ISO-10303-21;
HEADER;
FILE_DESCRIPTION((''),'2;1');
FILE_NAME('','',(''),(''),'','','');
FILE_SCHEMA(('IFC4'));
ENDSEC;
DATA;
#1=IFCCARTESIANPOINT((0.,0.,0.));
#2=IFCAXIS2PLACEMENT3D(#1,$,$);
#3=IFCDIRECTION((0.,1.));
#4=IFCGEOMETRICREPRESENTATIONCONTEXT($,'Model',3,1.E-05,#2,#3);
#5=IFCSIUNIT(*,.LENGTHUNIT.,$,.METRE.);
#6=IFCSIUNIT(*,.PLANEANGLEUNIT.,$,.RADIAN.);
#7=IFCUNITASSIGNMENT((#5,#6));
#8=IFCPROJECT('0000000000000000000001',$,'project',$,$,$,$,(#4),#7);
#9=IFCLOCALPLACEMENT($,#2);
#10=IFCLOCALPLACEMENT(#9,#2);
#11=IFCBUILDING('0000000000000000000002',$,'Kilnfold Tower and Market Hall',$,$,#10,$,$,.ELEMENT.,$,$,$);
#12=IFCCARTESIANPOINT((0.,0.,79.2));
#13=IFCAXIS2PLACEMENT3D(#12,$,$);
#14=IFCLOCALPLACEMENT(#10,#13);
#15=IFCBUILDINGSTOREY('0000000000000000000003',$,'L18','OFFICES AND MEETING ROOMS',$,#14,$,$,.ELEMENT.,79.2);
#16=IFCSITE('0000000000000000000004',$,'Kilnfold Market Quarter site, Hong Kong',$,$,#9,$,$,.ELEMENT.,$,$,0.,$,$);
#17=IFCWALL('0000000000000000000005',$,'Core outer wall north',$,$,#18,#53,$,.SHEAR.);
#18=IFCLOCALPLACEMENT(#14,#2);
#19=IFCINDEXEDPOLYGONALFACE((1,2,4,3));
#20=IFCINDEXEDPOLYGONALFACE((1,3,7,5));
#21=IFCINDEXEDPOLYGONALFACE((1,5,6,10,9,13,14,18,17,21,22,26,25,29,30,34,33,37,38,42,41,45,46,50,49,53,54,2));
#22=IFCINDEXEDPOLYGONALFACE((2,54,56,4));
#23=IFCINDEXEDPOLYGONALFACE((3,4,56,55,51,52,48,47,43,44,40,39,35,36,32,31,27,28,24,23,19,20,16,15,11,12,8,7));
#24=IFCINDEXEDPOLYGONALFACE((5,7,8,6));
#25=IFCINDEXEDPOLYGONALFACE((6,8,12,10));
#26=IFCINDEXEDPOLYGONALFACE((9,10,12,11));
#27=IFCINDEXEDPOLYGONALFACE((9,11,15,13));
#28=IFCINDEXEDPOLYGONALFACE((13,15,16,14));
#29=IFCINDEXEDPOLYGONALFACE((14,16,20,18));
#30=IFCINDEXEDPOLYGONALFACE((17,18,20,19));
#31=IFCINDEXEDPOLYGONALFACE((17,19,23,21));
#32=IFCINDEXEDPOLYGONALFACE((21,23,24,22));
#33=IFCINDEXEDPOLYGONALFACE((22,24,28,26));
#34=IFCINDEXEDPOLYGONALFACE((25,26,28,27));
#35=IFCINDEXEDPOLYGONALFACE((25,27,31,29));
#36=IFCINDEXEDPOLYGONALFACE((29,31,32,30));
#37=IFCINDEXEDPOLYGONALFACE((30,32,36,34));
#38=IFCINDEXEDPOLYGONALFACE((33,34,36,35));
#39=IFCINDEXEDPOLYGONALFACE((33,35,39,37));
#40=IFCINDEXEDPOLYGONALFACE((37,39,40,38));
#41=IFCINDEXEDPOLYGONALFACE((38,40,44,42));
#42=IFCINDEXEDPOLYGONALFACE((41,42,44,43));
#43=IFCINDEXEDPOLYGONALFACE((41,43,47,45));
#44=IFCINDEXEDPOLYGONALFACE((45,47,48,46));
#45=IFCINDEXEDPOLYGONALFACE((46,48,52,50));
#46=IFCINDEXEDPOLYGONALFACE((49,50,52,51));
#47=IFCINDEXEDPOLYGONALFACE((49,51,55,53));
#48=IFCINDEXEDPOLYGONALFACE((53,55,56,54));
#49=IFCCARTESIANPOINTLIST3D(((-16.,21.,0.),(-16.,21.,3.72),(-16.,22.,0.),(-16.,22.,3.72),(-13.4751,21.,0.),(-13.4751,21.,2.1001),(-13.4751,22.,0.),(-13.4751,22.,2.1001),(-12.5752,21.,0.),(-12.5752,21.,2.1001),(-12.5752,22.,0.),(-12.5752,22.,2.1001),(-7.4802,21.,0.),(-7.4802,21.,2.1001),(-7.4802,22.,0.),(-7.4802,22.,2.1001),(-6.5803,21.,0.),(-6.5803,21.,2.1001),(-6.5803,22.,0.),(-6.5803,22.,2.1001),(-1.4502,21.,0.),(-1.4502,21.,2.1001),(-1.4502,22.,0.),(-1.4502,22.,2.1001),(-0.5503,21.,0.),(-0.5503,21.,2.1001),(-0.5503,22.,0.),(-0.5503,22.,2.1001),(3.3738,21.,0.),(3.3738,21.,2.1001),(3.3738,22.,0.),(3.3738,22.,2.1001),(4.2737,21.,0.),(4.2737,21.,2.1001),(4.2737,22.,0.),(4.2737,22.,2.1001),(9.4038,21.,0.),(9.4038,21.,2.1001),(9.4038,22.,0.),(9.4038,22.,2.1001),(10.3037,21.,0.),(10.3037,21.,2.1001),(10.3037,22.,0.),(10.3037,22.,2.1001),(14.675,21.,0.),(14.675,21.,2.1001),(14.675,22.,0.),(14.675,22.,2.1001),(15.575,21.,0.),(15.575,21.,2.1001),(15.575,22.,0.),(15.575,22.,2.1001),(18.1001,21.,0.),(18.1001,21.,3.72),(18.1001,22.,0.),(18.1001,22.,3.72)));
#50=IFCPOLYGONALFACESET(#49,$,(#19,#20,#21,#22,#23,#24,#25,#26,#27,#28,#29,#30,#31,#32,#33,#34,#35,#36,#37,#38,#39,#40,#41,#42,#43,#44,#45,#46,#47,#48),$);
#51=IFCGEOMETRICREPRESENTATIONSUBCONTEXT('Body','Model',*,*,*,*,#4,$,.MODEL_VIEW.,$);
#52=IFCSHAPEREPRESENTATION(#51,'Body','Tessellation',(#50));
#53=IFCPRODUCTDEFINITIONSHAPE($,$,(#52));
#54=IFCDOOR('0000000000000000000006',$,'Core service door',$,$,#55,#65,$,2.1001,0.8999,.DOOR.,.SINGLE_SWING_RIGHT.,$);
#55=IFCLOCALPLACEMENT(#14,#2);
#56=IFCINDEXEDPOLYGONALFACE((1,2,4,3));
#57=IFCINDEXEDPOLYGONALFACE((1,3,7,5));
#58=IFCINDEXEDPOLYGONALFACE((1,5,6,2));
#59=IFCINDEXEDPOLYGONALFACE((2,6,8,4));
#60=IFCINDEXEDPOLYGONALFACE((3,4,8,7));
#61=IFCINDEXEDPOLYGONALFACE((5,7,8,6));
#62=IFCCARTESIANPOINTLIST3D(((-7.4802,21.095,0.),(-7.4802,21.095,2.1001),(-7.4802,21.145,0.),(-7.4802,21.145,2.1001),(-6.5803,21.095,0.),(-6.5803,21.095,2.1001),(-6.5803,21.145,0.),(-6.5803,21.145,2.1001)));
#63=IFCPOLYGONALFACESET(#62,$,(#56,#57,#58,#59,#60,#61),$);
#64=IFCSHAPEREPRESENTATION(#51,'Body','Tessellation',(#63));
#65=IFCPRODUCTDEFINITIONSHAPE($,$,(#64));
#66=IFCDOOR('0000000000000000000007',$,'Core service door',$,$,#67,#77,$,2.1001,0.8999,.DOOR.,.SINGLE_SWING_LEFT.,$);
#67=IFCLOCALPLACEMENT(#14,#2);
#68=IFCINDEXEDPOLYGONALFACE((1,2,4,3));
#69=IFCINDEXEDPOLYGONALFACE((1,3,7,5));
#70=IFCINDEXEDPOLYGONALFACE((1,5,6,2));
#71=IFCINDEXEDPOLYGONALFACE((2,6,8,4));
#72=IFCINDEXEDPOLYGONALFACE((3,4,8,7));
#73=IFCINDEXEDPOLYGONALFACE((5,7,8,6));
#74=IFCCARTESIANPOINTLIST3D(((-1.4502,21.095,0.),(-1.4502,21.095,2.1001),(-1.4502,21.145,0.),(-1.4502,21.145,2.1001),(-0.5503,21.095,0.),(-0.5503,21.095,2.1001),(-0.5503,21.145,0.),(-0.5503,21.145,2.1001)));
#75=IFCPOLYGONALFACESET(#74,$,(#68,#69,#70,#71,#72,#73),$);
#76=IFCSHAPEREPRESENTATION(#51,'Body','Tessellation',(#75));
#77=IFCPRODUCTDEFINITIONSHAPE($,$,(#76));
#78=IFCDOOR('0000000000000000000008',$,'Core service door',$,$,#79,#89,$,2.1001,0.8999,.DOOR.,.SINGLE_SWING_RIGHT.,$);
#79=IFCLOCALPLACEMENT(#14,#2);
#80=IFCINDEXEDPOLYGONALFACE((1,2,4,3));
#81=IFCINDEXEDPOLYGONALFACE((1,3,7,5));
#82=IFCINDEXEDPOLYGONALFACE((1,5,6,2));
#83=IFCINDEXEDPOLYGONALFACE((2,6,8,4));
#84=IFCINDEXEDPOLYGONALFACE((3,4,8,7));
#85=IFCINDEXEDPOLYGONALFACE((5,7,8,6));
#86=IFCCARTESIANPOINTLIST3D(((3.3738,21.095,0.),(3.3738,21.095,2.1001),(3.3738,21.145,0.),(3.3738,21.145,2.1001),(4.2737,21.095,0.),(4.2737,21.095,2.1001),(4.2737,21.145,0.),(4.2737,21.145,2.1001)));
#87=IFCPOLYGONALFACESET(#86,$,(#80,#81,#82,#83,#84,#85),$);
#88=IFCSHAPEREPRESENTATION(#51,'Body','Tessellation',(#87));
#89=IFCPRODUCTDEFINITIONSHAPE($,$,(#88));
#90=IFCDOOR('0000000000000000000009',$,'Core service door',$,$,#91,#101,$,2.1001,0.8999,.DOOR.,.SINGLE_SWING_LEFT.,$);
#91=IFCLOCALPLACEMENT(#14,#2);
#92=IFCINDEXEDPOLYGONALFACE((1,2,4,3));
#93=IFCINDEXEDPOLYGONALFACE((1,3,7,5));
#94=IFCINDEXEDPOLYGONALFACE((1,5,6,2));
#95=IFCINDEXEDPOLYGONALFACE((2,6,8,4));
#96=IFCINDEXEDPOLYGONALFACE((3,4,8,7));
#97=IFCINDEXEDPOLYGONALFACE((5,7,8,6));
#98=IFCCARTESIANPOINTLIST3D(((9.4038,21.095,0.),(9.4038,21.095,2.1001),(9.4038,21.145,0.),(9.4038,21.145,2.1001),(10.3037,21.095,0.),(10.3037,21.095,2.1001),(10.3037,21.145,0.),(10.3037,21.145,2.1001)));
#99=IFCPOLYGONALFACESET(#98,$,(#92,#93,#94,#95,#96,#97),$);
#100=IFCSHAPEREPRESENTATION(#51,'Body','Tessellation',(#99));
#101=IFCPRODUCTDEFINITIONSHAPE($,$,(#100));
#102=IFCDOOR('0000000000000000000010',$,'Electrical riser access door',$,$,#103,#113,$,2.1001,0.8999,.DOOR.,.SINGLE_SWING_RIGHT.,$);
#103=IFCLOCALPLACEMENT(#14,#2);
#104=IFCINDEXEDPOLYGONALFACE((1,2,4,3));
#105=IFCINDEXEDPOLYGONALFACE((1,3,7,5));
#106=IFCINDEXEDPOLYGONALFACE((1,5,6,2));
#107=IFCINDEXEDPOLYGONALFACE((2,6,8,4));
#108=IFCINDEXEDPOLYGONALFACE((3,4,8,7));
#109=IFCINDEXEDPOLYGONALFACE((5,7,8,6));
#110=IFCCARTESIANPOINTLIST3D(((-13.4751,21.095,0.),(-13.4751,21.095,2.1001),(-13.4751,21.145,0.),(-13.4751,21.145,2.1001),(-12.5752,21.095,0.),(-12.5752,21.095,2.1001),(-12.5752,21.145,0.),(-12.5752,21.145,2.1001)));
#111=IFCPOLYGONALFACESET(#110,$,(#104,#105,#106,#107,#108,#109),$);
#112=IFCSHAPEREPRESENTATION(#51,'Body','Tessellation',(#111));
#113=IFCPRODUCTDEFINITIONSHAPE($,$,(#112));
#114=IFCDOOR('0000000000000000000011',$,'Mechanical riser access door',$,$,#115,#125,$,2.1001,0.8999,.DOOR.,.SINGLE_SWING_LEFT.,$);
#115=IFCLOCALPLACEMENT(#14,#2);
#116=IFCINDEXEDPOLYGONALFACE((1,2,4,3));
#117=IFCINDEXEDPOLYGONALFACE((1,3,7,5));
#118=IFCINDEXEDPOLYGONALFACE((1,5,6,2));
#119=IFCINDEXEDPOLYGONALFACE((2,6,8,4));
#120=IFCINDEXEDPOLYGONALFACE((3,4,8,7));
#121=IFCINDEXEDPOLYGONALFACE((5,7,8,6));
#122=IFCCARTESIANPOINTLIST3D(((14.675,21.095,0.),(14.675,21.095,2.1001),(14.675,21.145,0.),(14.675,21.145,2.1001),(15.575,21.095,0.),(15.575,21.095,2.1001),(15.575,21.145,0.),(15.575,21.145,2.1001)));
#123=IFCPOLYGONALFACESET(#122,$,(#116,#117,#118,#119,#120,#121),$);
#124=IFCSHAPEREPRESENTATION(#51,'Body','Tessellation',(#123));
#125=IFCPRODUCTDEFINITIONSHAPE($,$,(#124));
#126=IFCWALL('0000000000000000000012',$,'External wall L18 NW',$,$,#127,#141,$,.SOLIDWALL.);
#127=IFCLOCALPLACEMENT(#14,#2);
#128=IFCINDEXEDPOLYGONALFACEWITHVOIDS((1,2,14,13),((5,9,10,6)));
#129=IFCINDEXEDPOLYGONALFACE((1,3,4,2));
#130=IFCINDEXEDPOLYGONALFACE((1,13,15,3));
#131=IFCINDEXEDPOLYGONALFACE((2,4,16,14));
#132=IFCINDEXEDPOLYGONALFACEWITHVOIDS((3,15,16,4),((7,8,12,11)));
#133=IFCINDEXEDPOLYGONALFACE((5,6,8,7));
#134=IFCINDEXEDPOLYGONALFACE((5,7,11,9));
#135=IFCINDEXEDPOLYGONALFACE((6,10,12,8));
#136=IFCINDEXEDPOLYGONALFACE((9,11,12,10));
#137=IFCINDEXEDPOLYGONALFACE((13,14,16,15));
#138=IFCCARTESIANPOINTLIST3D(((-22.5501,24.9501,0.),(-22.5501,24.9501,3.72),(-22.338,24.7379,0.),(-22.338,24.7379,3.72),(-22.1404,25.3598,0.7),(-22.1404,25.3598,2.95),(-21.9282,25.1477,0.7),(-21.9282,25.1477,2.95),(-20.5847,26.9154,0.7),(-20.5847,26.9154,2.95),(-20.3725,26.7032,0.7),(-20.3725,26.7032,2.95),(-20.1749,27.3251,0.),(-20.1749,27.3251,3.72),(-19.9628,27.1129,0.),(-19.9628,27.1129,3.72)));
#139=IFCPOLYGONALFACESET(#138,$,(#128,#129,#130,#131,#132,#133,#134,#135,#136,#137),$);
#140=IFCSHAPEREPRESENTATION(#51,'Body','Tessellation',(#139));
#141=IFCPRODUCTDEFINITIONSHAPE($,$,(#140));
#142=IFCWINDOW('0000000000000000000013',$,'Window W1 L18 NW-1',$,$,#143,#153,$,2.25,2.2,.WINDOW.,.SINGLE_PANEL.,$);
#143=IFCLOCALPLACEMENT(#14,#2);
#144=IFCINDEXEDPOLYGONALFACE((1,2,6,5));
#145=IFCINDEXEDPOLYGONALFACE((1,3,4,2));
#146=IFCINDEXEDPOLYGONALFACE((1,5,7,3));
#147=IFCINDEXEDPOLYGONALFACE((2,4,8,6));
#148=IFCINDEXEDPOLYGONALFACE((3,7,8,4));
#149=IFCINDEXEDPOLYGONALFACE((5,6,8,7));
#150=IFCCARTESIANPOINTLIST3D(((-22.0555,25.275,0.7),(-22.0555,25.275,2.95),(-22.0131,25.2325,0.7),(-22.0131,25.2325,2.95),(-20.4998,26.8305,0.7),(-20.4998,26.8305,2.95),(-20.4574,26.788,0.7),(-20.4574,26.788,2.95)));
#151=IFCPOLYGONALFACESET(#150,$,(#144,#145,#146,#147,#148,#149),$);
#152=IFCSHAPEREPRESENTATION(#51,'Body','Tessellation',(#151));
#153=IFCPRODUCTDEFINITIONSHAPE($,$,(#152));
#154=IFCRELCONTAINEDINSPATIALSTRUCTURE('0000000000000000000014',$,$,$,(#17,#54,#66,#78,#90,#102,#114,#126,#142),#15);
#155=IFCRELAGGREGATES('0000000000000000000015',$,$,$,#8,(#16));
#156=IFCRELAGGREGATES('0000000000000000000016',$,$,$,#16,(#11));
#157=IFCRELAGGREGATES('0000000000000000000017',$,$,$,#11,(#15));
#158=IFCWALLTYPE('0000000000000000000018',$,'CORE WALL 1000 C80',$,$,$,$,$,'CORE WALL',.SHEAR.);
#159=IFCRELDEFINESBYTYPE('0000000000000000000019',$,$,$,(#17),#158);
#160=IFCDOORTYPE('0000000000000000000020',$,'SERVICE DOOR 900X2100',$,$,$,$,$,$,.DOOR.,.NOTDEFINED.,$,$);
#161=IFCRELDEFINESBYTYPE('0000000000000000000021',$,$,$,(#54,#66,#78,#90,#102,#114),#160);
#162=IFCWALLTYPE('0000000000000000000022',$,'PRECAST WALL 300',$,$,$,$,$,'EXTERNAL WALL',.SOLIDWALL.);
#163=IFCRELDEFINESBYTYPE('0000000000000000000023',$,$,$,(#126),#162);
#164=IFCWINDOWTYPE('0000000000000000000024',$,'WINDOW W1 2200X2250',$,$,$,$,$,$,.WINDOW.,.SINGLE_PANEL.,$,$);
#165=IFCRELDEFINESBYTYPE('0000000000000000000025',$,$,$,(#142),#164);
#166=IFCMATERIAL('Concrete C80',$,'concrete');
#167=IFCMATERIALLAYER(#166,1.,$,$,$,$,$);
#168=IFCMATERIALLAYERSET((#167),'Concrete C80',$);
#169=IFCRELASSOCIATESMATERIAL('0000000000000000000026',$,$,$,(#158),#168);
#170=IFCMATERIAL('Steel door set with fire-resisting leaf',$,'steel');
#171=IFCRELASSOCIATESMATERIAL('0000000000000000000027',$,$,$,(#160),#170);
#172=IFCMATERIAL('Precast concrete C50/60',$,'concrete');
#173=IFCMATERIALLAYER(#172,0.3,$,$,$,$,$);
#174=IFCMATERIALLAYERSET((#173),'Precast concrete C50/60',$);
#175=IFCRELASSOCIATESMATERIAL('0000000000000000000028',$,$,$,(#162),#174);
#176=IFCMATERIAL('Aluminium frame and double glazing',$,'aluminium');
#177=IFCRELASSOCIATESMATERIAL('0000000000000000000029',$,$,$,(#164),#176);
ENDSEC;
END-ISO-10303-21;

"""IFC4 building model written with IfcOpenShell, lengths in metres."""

from ifc_helpers import new_model, si_unit, direction, frame, frame_2d, origin, place, context, subcontext, project, spatial, rectangle, extrude, source, transform, mapped, material, layer, layer_set, type_object, element, fill, save


model = new_model("IFC4")

# Units and contexts
model_context = context("Model", 3, precision=1e-05, world=origin(), true_north=direction((0.0, 1.0)))
body_context = subcontext(model_context, "Body", "Model", "MODEL_VIEW")
ifc_project = project(units=[si_unit("LENGTHUNIT", "METRE"), si_unit("PLANEANGLEUNIT", "RADIAN")], contexts=[model_context])

# Site, building, storey
site_placement = place(None, origin())
site = spatial("IfcSite", under=ifc_project, at=site_placement, Name="Kilnfold Market Quarter site, Hong Kong", CompositionType="ELEMENT", RefElevation=0.0)
building_placement = place(site_placement, origin())
building = spatial("IfcBuilding", under=site, at=building_placement, Name="Kilnfold Tower and Market Hall", CompositionType="ELEMENT")
storey_placement = place(building_placement, frame((0.0, 0.0, 79.2)))
storey = spatial("IfcBuildingStorey", under=building, at=storey_placement, Name="L18", Description="OFFICES AND MEETING ROOMS", CompositionType="ELEMENT", Elevation=79.2)

# Wall, openings, doors
ifc_material_1 = material(Name="Concrete C80", Category="concrete")
ifc_layer_1 = layer(ifc_material_1, 1.0)
ifc_layer_set_1 = layer_set([ifc_layer_1], Name="Concrete C80")
wall_type_1 = type_object("IfcWallType", Name="CORE WALL 1000 C80", ElementType="CORE WALL", PredefinedType="SHEAR", material=ifc_layer_set_1)
shared_shape_1 = source(origin(), body_context, "Body", "SweptSolid", [
    extrude(rectangle(XDim=34.1001, YDim=1.0, at=frame_2d((17.05, 0.0))), origin(), (0.0, 0.0, 1.0), 3.72),
])
wall_1_placement = place(storey_placement, frame((-16.0, 21.5, 0.0), z_axis=(0.0, 0.0, 1.0), x_axis=(1.0, 0.0, 0.0)))
wall_1 = element("IfcWall", 1, at=wall_1_placement, inside=storey, type_object=wall_type_1, Name="Core outer wall north", PredefinedType="SHEAR", context=body_context, shape_type="MappedRepresentation", body=[
    mapped(shared_shape_1, transform((0.0, 0.0, 0.0))),
])
opening_1_placement = place(wall_1_placement, frame((8.5198, 0.0, 0.0)))
opening_1 = element("IfcOpeningElement", 2, at=opening_1_placement, cuts=wall_1, PredefinedType="OPENING", context=body_context, shape_type="SweptSolid", body=[
    extrude(rectangle(XDim=0.8999, YDim=2.1001, at=frame_2d((0.45, 1.05))), frame((0.0, 0.51, 0.0), z_axis=(0.0, -1.0, 0.0), x_axis=(1.0, 0.0, 0.0)), (0.0, 0.0, 1.0), 1.02),
])
opening_2_placement = place(wall_1_placement, frame((14.5498, 0.0, 0.0)))
opening_2 = element("IfcOpeningElement", 3, at=opening_2_placement, cuts=wall_1, PredefinedType="OPENING", context=body_context, shape_type="SweptSolid", body=[
    extrude(rectangle(XDim=0.8999, YDim=2.1001, at=frame_2d((0.45, 1.05))), frame((0.0, 0.51, 0.0), z_axis=(0.0, -1.0, 0.0), x_axis=(1.0, 0.0, 0.0)), (0.0, 0.0, 1.0), 1.02),
])
opening_3_placement = place(wall_1_placement, frame((19.3738, 0.0, 0.0)))
opening_3 = element("IfcOpeningElement", 4, at=opening_3_placement, cuts=wall_1, PredefinedType="OPENING", context=body_context, shape_type="SweptSolid", body=[
    extrude(rectangle(XDim=0.8999, YDim=2.1001, at=frame_2d((0.45, 1.05))), frame((0.0, 0.51, 0.0), z_axis=(0.0, -1.0, 0.0), x_axis=(1.0, 0.0, 0.0)), (0.0, 0.0, 1.0), 1.02),
])
opening_4_placement = place(wall_1_placement, frame((25.4038, 0.0, 0.0)))
opening_4 = element("IfcOpeningElement", 5, at=opening_4_placement, cuts=wall_1, PredefinedType="OPENING", context=body_context, shape_type="SweptSolid", body=[
    extrude(rectangle(XDim=0.8999, YDim=2.1001, at=frame_2d((0.45, 1.05))), frame((0.0, 0.51, 0.0), z_axis=(0.0, -1.0, 0.0), x_axis=(1.0, 0.0, 0.0)), (0.0, 0.0, 1.0), 1.02),
])
opening_5_placement = place(wall_1_placement, frame((2.5249, 0.0, 0.0)))
opening_5 = element("IfcOpeningElement", 6, at=opening_5_placement, cuts=wall_1, PredefinedType="OPENING", context=body_context, shape_type="SweptSolid", body=[
    extrude(rectangle(XDim=0.8999, YDim=2.1001, at=frame_2d((0.45, 1.05))), frame((0.0, 0.51, 0.0), z_axis=(0.0, -1.0, 0.0), x_axis=(1.0, 0.0, 0.0)), (0.0, 0.0, 1.0), 1.02),
])
opening_6_placement = place(wall_1_placement, frame((30.675, 0.0, 0.0)))
opening_6 = element("IfcOpeningElement", 7, at=opening_6_placement, cuts=wall_1, PredefinedType="OPENING", context=body_context, shape_type="SweptSolid", body=[
    extrude(rectangle(XDim=0.8999, YDim=2.1001, at=frame_2d((0.45, 1.05))), frame((0.0, 0.51, 0.0), z_axis=(0.0, -1.0, 0.0), x_axis=(1.0, 0.0, 0.0)), (0.0, 0.0, 1.0), 1.02),
])
ifc_material_2 = material(Name="Steel door set with fire-resisting leaf", Category="steel")
door_type = type_object("IfcDoorType", Name="SERVICE DOOR 900X2100", OperationType="NOTDEFINED", PredefinedType="DOOR", material=ifc_material_2)
door_1_placement = place(opening_1_placement, origin())
door_1 = element("IfcDoor", 8, at=door_1_placement, inside=storey, type_object=door_type, Name="Core service door", OperationType="SINGLE_SWING_RIGHT", OverallHeight=2.1001, OverallWidth=0.8999, PredefinedType="DOOR", context=body_context, shape_type="SweptSolid", body=[
    extrude(rectangle(XDim=0.8999, YDim=2.1001, at=frame_2d((0.45, 1.05))), frame((0.0, -0.355, 0.0), z_axis=(0.0, -1.0, 0.0), x_axis=(1.0, 0.0, 0.0)), (0.0, 0.0, 1.0), 0.05),
])
fill(opening_1, door_1)
door_2_placement = place(opening_2_placement, origin())
door_2 = element("IfcDoor", 9, at=door_2_placement, inside=storey, type_object=door_type, Name="Core service door", OperationType="SINGLE_SWING_LEFT", OverallHeight=2.1001, OverallWidth=0.8999, PredefinedType="DOOR", context=body_context, shape_type="SweptSolid", body=[
    extrude(rectangle(XDim=0.8999, YDim=2.1001, at=frame_2d((0.45, 1.05))), frame((0.0, -0.355, 0.0), z_axis=(0.0, -1.0, 0.0), x_axis=(1.0, 0.0, 0.0)), (0.0, 0.0, 1.0), 0.05),
])
fill(opening_2, door_2)
door_3_placement = place(opening_3_placement, origin())
door_3 = element("IfcDoor", 10, at=door_3_placement, inside=storey, type_object=door_type, Name="Core service door", OperationType="SINGLE_SWING_RIGHT", OverallHeight=2.1001, OverallWidth=0.8999, PredefinedType="DOOR", context=body_context, shape_type="SweptSolid", body=[
    extrude(rectangle(XDim=0.8999, YDim=2.1001, at=frame_2d((0.45, 1.05))), frame((0.0, -0.355, 0.0), z_axis=(0.0, -1.0, 0.0), x_axis=(1.0, 0.0, 0.0)), (0.0, 0.0, 1.0), 0.05),
])
fill(opening_3, door_3)
door_4_placement = place(opening_4_placement, origin())
door_4 = element("IfcDoor", 11, at=door_4_placement, inside=storey, type_object=door_type, Name="Core service door", OperationType="SINGLE_SWING_LEFT", OverallHeight=2.1001, OverallWidth=0.8999, PredefinedType="DOOR", context=body_context, shape_type="SweptSolid", body=[
    extrude(rectangle(XDim=0.8999, YDim=2.1001, at=frame_2d((0.45, 1.05))), frame((0.0, -0.355, 0.0), z_axis=(0.0, -1.0, 0.0), x_axis=(1.0, 0.0, 0.0)), (0.0, 0.0, 1.0), 0.05),
])
fill(opening_4, door_4)
door_5_placement = place(opening_5_placement, origin())
door_5 = element("IfcDoor", 12, at=door_5_placement, inside=storey, type_object=door_type, Name="Electrical riser access door", OperationType="SINGLE_SWING_RIGHT", OverallHeight=2.1001, OverallWidth=0.8999, PredefinedType="DOOR", context=body_context, shape_type="SweptSolid", body=[
    extrude(rectangle(XDim=0.8999, YDim=2.1001, at=frame_2d((0.45, 1.05))), frame((0.0, -0.355, 0.0), z_axis=(0.0, -1.0, 0.0), x_axis=(1.0, 0.0, 0.0)), (0.0, 0.0, 1.0), 0.05),
])
fill(opening_5, door_5)
door_6_placement = place(opening_6_placement, origin())
door_6 = element("IfcDoor", 13, at=door_6_placement, inside=storey, type_object=door_type, Name="Mechanical riser access door", OperationType="SINGLE_SWING_LEFT", OverallHeight=2.1001, OverallWidth=0.8999, PredefinedType="DOOR", context=body_context, shape_type="SweptSolid", body=[
    extrude(rectangle(XDim=0.8999, YDim=2.1001, at=frame_2d((0.45, 1.05))), frame((0.0, -0.355, 0.0), z_axis=(0.0, -1.0, 0.0), x_axis=(1.0, 0.0, 0.0)), (0.0, 0.0, 1.0), 0.05),
])
fill(opening_6, door_6)

# Wall, opening, window
ifc_material_3 = material(Name="Precast concrete C50/60", Category="concrete")
ifc_layer_2 = layer(ifc_material_3, 0.3)
ifc_layer_set_2 = layer_set([ifc_layer_2], Name="Precast concrete C50/60")
wall_type_2 = type_object("IfcWallType", Name="PRECAST WALL 300", ElementType="EXTERNAL WALL", PredefinedType="SOLIDWALL", material=ifc_layer_set_2)
shared_shape_2 = source(origin(), body_context, "Body", "SweptSolid", [
    extrude(rectangle(XDim=3.3589, YDim=0.3, at=frame_2d((1.6794, 0.0))), origin(), (0.0, 0.0, 1.0), 3.72),
])
wall_2_placement = place(storey_placement, frame((-20.0688, 27.219, 0.0), z_axis=(0.0, 0.0, 1.0), x_axis=(-0.707143, -0.70707, 0.0)))
wall_2 = element("IfcWall", 14, at=wall_2_placement, inside=storey, type_object=wall_type_2, Name="External wall L18 NW", PredefinedType="SOLIDWALL", context=body_context, shape_type="MappedRepresentation", body=[
    mapped(shared_shape_2, transform((0.0, 0.0, 0.0))),
])
opening_7_placement = place(wall_2_placement, frame((0.5793, 0.0, 0.7)))
opening_7 = element("IfcOpeningElement", 15, at=opening_7_placement, cuts=wall_2, PredefinedType="OPENING", context=body_context, shape_type="SweptSolid", body=[
    extrude(rectangle(XDim=2.2, YDim=2.25, at=frame_2d((1.1001, 1.125))), frame((0.0, 0.1602, 0.0), z_axis=(0.0, -1.0, 0.0), x_axis=(1.0, 0.0, 0.0)), (0.0, 0.0, 1.0), 0.3201),
])
ifc_material_4 = material(Name="Aluminium frame and double glazing", Category="aluminium")
window_type = type_object("IfcWindowType", Name="WINDOW W1 2200X2250", PartitioningType="SINGLE_PANEL", PredefinedType="WINDOW", material=ifc_material_4)
window_1_placement = place(opening_7_placement, origin())
window_1 = element("IfcWindow", 16, at=window_1_placement, inside=storey, type_object=window_type, Name="Window W1 L18 NW-1", OverallHeight=2.25, OverallWidth=2.2, PartitioningType="SINGLE_PANEL", PredefinedType="WINDOW", context=body_context, shape_type="SweptSolid", body=[
    extrude(rectangle(XDim=2.2, YDim=2.25, at=frame_2d((1.1001, 1.125))), frame((0.0, 0.03, 0.0), z_axis=(0.0, -1.0, 0.0), x_axis=(1.0, 0.0, 0.0)), (0.0, 0.0, 1.0), 0.0601),
])
fill(opening_7, window_1)

save(model, "model.ifc")
